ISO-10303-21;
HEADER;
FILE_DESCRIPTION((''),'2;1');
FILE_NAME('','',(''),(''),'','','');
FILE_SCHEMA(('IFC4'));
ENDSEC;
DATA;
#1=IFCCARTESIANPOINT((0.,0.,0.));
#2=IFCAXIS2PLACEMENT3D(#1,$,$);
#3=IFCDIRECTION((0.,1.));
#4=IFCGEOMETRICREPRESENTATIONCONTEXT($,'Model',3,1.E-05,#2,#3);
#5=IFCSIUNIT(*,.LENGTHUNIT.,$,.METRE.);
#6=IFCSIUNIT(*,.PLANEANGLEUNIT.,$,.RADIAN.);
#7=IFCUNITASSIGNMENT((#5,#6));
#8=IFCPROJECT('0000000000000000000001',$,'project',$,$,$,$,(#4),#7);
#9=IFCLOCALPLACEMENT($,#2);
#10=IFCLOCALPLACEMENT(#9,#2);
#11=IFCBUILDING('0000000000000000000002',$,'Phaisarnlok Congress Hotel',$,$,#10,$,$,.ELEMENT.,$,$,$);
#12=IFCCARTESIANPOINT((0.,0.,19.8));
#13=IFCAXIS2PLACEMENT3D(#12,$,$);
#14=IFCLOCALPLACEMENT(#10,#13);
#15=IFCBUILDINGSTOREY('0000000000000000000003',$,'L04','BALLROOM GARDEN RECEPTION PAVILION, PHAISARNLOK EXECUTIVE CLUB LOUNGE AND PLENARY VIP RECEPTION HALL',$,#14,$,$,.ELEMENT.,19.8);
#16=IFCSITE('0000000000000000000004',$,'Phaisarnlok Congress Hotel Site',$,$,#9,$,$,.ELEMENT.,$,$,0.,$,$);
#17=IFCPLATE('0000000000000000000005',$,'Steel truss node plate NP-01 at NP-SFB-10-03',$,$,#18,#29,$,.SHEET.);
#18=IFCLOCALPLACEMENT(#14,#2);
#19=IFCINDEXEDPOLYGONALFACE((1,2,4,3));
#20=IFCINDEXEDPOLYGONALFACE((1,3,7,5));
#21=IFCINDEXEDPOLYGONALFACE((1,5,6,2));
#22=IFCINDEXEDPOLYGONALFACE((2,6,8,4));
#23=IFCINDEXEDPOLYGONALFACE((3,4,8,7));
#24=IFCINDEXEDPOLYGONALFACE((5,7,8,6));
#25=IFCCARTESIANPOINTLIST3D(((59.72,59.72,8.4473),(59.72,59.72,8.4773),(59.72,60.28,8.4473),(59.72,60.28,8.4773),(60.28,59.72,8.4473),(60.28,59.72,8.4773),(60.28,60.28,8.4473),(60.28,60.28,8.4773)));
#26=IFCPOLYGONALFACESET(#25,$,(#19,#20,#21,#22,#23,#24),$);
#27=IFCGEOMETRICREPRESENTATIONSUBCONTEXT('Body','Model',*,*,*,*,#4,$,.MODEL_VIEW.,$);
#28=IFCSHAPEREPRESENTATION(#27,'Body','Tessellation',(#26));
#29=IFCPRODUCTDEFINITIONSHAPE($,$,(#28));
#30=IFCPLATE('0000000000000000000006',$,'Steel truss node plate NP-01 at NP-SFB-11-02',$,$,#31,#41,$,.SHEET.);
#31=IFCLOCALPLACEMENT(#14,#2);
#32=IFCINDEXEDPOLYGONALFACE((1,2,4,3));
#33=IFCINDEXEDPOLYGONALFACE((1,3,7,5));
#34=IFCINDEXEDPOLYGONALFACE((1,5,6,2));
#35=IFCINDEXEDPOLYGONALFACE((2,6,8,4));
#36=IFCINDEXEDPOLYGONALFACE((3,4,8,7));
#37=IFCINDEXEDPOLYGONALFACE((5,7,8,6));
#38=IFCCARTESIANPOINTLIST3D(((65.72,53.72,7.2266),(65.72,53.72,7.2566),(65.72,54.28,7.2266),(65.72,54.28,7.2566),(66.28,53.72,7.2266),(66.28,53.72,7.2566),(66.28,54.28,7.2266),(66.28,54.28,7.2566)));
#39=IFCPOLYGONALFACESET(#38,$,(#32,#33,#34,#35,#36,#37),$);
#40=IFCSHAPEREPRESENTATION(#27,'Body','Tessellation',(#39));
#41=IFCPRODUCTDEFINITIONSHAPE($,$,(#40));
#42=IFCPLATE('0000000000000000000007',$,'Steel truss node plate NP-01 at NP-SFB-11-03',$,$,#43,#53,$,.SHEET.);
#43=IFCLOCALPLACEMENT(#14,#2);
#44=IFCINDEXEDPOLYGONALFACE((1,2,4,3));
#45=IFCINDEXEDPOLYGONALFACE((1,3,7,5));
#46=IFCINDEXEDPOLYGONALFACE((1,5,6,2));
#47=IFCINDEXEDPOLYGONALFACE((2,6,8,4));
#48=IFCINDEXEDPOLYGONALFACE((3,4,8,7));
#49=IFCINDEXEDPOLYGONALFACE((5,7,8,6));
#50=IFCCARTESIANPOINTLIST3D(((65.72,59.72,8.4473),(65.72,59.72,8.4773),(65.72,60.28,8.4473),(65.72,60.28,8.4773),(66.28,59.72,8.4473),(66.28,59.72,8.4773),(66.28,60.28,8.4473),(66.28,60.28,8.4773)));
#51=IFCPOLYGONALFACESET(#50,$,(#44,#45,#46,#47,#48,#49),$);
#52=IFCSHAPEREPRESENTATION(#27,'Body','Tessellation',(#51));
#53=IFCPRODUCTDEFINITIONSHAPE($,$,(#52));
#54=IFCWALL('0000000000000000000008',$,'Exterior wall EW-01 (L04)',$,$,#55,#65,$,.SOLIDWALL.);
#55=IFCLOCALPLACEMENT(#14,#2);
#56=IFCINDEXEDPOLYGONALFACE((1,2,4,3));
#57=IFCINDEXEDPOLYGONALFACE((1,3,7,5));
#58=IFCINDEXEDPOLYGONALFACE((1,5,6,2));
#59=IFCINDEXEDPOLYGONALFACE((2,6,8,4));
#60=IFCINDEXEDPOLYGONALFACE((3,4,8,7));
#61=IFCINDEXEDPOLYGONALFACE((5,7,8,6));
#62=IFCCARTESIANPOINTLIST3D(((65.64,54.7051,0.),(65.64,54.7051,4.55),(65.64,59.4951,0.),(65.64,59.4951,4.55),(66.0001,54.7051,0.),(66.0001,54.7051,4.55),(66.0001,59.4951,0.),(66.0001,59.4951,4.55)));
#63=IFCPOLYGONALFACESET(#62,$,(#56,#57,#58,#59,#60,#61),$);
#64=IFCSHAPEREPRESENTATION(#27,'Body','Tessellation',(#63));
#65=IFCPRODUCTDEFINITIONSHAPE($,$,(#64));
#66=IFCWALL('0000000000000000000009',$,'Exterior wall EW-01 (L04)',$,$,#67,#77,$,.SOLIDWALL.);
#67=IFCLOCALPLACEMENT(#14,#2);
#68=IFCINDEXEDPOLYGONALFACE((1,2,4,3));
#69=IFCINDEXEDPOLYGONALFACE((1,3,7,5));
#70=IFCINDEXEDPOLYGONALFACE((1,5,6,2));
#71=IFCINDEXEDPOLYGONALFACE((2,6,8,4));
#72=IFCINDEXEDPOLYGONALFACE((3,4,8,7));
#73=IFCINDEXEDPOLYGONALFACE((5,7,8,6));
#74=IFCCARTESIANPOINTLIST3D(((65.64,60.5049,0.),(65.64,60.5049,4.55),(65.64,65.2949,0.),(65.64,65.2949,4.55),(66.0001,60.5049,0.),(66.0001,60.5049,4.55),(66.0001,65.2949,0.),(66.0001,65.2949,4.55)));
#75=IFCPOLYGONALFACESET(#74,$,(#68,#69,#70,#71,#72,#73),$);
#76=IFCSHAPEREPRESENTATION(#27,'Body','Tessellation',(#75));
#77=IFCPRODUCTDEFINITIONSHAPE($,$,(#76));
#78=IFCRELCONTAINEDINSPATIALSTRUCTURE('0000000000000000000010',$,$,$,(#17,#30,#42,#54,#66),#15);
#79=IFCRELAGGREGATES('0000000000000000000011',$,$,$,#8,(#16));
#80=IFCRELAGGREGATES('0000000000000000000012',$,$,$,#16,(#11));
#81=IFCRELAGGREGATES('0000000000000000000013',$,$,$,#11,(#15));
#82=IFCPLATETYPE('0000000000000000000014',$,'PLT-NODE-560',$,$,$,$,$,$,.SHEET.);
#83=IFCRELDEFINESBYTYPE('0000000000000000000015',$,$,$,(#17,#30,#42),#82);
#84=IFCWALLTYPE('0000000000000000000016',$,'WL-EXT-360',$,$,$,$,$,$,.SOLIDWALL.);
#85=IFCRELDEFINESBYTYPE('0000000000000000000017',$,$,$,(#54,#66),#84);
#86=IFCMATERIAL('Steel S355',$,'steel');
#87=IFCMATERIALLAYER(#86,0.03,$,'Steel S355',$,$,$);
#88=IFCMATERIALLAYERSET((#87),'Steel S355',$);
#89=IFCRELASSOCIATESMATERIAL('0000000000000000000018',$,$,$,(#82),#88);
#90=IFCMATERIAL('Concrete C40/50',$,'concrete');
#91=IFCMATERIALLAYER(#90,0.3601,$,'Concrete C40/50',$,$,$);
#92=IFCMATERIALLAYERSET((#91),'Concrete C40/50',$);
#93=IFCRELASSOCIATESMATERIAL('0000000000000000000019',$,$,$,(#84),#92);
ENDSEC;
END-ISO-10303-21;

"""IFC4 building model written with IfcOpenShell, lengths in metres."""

from ifc_helpers import new_model, si_unit, direction, frame, frame_2d, origin, origin_2d, place, context, subcontext, project, spatial, rectangle, extrude, material, layer, layer_set, type_object, element, save


model = new_model("IFC4")

# Units and contexts
model_context = context("Model", 3, precision=1e-05, world=origin(), true_north=direction((0.0, 1.0)))
body_context = subcontext(model_context, "Body", "Model", "MODEL_VIEW")
ifc_project = project(units=[si_unit("LENGTHUNIT", "METRE"), si_unit("PLANEANGLEUNIT", "RADIAN")], contexts=[model_context])

# Site, building, storey
site_placement = place(None, origin())
site = spatial("IfcSite", under=ifc_project, at=site_placement, Name="Phaisarnlok Congress Hotel Site", CompositionType="ELEMENT", RefElevation=0.0)
building_placement = place(site_placement, origin())
building = spatial("IfcBuilding", under=site, at=building_placement, Name="Phaisarnlok Congress Hotel", CompositionType="ELEMENT")
storey_placement = place(building_placement, frame((0.0, 0.0, 19.8)))
storey = spatial("IfcBuildingStorey", under=building, at=storey_placement, Name="L04", Description="BALLROOM GARDEN RECEPTION PAVILION, PHAISARNLOK EXECUTIVE CLUB LOUNGE AND PLENARY VIP RECEPTION HALL", CompositionType="ELEMENT", Elevation=19.8)

# Shared definitions
ifc_material_1 = material(Name="Steel S355", Category="steel")

# Plates
ifc_layer_1 = layer(ifc_material_1, 0.03, Name="Steel S355")
ifc_layer_set_1 = layer_set([ifc_layer_1], Name="Steel S355")
plate_type_1 = type_object("IfcPlateType", Name="PLT-NODE-560", PredefinedType="SHEET", material=ifc_layer_set_1)
for number, where, z_axis, x_axis, name in (
    (1, (60.0, 60.0, 8.4473), (0.0, 0.0, 1.0), (1.0, 0.0, 0.0), "Steel truss node plate NP-01 at NP-SFB-10-03"),
    (2, (66.0, 54.0, 7.2266), (0.0, 0.0, 1.0), (1.0, 0.0, 0.0), "Steel truss node plate NP-01 at NP-SFB-11-02"),
    (3, (66.0, 60.0, 8.4473), (0.0, 0.0, 1.0), (1.0, 0.0, 0.0), "Steel truss node plate NP-01 at NP-SFB-11-03"),
):
    element("IfcPlate", number, at=place(storey_placement, frame(where, z_axis=z_axis, x_axis=x_axis)), inside=storey, type_object=plate_type_1, Name=name, PredefinedType="SHEET", context=body_context, shape_type="SweptSolid", body=[
        extrude(rectangle(XDim=0.5601, YDim=0.5601, at=origin_2d()), origin(), (0.0, 0.0, 1.0), 0.03),
    ])

# Walls
ifc_material_2 = material(Name="Concrete C40/50", Category="concrete")
ifc_layer_2 = layer(ifc_material_2, 0.3601, Name="Concrete C40/50")
ifc_layer_set_2 = layer_set([ifc_layer_2], Name="Concrete C40/50")
wall_type = type_object("IfcWallType", Name="WL-EXT-360", PredefinedType="SOLIDWALL", material=ifc_layer_set_2)
for number, where, z_axis, x_axis, name in (
    (4, (65.8201, 54.7051, 0.0), (0.0, 0.0, 1.0), (0.0, 1.0, 0.0), "Exterior wall EW-01 (L04)"),
    (5, (65.8201, 60.5049, 0.0), (0.0, 0.0, 1.0), (0.0, 1.0, 0.0), "Exterior wall EW-01 (L04)"),
):
    element("IfcWall", number, at=place(storey_placement, frame(where, z_axis=z_axis, x_axis=x_axis)), inside=storey, type_object=wall_type, Name=name, PredefinedType="SOLIDWALL", context=body_context, shape_type="SweptSolid", body=[
        extrude(rectangle(XDim=4.79, YDim=0.3601, at=frame_2d((2.395, 0.0))), origin(), (0.0, 0.0, 1.0), 4.55),
    ])

save(model, "model.ifc")
